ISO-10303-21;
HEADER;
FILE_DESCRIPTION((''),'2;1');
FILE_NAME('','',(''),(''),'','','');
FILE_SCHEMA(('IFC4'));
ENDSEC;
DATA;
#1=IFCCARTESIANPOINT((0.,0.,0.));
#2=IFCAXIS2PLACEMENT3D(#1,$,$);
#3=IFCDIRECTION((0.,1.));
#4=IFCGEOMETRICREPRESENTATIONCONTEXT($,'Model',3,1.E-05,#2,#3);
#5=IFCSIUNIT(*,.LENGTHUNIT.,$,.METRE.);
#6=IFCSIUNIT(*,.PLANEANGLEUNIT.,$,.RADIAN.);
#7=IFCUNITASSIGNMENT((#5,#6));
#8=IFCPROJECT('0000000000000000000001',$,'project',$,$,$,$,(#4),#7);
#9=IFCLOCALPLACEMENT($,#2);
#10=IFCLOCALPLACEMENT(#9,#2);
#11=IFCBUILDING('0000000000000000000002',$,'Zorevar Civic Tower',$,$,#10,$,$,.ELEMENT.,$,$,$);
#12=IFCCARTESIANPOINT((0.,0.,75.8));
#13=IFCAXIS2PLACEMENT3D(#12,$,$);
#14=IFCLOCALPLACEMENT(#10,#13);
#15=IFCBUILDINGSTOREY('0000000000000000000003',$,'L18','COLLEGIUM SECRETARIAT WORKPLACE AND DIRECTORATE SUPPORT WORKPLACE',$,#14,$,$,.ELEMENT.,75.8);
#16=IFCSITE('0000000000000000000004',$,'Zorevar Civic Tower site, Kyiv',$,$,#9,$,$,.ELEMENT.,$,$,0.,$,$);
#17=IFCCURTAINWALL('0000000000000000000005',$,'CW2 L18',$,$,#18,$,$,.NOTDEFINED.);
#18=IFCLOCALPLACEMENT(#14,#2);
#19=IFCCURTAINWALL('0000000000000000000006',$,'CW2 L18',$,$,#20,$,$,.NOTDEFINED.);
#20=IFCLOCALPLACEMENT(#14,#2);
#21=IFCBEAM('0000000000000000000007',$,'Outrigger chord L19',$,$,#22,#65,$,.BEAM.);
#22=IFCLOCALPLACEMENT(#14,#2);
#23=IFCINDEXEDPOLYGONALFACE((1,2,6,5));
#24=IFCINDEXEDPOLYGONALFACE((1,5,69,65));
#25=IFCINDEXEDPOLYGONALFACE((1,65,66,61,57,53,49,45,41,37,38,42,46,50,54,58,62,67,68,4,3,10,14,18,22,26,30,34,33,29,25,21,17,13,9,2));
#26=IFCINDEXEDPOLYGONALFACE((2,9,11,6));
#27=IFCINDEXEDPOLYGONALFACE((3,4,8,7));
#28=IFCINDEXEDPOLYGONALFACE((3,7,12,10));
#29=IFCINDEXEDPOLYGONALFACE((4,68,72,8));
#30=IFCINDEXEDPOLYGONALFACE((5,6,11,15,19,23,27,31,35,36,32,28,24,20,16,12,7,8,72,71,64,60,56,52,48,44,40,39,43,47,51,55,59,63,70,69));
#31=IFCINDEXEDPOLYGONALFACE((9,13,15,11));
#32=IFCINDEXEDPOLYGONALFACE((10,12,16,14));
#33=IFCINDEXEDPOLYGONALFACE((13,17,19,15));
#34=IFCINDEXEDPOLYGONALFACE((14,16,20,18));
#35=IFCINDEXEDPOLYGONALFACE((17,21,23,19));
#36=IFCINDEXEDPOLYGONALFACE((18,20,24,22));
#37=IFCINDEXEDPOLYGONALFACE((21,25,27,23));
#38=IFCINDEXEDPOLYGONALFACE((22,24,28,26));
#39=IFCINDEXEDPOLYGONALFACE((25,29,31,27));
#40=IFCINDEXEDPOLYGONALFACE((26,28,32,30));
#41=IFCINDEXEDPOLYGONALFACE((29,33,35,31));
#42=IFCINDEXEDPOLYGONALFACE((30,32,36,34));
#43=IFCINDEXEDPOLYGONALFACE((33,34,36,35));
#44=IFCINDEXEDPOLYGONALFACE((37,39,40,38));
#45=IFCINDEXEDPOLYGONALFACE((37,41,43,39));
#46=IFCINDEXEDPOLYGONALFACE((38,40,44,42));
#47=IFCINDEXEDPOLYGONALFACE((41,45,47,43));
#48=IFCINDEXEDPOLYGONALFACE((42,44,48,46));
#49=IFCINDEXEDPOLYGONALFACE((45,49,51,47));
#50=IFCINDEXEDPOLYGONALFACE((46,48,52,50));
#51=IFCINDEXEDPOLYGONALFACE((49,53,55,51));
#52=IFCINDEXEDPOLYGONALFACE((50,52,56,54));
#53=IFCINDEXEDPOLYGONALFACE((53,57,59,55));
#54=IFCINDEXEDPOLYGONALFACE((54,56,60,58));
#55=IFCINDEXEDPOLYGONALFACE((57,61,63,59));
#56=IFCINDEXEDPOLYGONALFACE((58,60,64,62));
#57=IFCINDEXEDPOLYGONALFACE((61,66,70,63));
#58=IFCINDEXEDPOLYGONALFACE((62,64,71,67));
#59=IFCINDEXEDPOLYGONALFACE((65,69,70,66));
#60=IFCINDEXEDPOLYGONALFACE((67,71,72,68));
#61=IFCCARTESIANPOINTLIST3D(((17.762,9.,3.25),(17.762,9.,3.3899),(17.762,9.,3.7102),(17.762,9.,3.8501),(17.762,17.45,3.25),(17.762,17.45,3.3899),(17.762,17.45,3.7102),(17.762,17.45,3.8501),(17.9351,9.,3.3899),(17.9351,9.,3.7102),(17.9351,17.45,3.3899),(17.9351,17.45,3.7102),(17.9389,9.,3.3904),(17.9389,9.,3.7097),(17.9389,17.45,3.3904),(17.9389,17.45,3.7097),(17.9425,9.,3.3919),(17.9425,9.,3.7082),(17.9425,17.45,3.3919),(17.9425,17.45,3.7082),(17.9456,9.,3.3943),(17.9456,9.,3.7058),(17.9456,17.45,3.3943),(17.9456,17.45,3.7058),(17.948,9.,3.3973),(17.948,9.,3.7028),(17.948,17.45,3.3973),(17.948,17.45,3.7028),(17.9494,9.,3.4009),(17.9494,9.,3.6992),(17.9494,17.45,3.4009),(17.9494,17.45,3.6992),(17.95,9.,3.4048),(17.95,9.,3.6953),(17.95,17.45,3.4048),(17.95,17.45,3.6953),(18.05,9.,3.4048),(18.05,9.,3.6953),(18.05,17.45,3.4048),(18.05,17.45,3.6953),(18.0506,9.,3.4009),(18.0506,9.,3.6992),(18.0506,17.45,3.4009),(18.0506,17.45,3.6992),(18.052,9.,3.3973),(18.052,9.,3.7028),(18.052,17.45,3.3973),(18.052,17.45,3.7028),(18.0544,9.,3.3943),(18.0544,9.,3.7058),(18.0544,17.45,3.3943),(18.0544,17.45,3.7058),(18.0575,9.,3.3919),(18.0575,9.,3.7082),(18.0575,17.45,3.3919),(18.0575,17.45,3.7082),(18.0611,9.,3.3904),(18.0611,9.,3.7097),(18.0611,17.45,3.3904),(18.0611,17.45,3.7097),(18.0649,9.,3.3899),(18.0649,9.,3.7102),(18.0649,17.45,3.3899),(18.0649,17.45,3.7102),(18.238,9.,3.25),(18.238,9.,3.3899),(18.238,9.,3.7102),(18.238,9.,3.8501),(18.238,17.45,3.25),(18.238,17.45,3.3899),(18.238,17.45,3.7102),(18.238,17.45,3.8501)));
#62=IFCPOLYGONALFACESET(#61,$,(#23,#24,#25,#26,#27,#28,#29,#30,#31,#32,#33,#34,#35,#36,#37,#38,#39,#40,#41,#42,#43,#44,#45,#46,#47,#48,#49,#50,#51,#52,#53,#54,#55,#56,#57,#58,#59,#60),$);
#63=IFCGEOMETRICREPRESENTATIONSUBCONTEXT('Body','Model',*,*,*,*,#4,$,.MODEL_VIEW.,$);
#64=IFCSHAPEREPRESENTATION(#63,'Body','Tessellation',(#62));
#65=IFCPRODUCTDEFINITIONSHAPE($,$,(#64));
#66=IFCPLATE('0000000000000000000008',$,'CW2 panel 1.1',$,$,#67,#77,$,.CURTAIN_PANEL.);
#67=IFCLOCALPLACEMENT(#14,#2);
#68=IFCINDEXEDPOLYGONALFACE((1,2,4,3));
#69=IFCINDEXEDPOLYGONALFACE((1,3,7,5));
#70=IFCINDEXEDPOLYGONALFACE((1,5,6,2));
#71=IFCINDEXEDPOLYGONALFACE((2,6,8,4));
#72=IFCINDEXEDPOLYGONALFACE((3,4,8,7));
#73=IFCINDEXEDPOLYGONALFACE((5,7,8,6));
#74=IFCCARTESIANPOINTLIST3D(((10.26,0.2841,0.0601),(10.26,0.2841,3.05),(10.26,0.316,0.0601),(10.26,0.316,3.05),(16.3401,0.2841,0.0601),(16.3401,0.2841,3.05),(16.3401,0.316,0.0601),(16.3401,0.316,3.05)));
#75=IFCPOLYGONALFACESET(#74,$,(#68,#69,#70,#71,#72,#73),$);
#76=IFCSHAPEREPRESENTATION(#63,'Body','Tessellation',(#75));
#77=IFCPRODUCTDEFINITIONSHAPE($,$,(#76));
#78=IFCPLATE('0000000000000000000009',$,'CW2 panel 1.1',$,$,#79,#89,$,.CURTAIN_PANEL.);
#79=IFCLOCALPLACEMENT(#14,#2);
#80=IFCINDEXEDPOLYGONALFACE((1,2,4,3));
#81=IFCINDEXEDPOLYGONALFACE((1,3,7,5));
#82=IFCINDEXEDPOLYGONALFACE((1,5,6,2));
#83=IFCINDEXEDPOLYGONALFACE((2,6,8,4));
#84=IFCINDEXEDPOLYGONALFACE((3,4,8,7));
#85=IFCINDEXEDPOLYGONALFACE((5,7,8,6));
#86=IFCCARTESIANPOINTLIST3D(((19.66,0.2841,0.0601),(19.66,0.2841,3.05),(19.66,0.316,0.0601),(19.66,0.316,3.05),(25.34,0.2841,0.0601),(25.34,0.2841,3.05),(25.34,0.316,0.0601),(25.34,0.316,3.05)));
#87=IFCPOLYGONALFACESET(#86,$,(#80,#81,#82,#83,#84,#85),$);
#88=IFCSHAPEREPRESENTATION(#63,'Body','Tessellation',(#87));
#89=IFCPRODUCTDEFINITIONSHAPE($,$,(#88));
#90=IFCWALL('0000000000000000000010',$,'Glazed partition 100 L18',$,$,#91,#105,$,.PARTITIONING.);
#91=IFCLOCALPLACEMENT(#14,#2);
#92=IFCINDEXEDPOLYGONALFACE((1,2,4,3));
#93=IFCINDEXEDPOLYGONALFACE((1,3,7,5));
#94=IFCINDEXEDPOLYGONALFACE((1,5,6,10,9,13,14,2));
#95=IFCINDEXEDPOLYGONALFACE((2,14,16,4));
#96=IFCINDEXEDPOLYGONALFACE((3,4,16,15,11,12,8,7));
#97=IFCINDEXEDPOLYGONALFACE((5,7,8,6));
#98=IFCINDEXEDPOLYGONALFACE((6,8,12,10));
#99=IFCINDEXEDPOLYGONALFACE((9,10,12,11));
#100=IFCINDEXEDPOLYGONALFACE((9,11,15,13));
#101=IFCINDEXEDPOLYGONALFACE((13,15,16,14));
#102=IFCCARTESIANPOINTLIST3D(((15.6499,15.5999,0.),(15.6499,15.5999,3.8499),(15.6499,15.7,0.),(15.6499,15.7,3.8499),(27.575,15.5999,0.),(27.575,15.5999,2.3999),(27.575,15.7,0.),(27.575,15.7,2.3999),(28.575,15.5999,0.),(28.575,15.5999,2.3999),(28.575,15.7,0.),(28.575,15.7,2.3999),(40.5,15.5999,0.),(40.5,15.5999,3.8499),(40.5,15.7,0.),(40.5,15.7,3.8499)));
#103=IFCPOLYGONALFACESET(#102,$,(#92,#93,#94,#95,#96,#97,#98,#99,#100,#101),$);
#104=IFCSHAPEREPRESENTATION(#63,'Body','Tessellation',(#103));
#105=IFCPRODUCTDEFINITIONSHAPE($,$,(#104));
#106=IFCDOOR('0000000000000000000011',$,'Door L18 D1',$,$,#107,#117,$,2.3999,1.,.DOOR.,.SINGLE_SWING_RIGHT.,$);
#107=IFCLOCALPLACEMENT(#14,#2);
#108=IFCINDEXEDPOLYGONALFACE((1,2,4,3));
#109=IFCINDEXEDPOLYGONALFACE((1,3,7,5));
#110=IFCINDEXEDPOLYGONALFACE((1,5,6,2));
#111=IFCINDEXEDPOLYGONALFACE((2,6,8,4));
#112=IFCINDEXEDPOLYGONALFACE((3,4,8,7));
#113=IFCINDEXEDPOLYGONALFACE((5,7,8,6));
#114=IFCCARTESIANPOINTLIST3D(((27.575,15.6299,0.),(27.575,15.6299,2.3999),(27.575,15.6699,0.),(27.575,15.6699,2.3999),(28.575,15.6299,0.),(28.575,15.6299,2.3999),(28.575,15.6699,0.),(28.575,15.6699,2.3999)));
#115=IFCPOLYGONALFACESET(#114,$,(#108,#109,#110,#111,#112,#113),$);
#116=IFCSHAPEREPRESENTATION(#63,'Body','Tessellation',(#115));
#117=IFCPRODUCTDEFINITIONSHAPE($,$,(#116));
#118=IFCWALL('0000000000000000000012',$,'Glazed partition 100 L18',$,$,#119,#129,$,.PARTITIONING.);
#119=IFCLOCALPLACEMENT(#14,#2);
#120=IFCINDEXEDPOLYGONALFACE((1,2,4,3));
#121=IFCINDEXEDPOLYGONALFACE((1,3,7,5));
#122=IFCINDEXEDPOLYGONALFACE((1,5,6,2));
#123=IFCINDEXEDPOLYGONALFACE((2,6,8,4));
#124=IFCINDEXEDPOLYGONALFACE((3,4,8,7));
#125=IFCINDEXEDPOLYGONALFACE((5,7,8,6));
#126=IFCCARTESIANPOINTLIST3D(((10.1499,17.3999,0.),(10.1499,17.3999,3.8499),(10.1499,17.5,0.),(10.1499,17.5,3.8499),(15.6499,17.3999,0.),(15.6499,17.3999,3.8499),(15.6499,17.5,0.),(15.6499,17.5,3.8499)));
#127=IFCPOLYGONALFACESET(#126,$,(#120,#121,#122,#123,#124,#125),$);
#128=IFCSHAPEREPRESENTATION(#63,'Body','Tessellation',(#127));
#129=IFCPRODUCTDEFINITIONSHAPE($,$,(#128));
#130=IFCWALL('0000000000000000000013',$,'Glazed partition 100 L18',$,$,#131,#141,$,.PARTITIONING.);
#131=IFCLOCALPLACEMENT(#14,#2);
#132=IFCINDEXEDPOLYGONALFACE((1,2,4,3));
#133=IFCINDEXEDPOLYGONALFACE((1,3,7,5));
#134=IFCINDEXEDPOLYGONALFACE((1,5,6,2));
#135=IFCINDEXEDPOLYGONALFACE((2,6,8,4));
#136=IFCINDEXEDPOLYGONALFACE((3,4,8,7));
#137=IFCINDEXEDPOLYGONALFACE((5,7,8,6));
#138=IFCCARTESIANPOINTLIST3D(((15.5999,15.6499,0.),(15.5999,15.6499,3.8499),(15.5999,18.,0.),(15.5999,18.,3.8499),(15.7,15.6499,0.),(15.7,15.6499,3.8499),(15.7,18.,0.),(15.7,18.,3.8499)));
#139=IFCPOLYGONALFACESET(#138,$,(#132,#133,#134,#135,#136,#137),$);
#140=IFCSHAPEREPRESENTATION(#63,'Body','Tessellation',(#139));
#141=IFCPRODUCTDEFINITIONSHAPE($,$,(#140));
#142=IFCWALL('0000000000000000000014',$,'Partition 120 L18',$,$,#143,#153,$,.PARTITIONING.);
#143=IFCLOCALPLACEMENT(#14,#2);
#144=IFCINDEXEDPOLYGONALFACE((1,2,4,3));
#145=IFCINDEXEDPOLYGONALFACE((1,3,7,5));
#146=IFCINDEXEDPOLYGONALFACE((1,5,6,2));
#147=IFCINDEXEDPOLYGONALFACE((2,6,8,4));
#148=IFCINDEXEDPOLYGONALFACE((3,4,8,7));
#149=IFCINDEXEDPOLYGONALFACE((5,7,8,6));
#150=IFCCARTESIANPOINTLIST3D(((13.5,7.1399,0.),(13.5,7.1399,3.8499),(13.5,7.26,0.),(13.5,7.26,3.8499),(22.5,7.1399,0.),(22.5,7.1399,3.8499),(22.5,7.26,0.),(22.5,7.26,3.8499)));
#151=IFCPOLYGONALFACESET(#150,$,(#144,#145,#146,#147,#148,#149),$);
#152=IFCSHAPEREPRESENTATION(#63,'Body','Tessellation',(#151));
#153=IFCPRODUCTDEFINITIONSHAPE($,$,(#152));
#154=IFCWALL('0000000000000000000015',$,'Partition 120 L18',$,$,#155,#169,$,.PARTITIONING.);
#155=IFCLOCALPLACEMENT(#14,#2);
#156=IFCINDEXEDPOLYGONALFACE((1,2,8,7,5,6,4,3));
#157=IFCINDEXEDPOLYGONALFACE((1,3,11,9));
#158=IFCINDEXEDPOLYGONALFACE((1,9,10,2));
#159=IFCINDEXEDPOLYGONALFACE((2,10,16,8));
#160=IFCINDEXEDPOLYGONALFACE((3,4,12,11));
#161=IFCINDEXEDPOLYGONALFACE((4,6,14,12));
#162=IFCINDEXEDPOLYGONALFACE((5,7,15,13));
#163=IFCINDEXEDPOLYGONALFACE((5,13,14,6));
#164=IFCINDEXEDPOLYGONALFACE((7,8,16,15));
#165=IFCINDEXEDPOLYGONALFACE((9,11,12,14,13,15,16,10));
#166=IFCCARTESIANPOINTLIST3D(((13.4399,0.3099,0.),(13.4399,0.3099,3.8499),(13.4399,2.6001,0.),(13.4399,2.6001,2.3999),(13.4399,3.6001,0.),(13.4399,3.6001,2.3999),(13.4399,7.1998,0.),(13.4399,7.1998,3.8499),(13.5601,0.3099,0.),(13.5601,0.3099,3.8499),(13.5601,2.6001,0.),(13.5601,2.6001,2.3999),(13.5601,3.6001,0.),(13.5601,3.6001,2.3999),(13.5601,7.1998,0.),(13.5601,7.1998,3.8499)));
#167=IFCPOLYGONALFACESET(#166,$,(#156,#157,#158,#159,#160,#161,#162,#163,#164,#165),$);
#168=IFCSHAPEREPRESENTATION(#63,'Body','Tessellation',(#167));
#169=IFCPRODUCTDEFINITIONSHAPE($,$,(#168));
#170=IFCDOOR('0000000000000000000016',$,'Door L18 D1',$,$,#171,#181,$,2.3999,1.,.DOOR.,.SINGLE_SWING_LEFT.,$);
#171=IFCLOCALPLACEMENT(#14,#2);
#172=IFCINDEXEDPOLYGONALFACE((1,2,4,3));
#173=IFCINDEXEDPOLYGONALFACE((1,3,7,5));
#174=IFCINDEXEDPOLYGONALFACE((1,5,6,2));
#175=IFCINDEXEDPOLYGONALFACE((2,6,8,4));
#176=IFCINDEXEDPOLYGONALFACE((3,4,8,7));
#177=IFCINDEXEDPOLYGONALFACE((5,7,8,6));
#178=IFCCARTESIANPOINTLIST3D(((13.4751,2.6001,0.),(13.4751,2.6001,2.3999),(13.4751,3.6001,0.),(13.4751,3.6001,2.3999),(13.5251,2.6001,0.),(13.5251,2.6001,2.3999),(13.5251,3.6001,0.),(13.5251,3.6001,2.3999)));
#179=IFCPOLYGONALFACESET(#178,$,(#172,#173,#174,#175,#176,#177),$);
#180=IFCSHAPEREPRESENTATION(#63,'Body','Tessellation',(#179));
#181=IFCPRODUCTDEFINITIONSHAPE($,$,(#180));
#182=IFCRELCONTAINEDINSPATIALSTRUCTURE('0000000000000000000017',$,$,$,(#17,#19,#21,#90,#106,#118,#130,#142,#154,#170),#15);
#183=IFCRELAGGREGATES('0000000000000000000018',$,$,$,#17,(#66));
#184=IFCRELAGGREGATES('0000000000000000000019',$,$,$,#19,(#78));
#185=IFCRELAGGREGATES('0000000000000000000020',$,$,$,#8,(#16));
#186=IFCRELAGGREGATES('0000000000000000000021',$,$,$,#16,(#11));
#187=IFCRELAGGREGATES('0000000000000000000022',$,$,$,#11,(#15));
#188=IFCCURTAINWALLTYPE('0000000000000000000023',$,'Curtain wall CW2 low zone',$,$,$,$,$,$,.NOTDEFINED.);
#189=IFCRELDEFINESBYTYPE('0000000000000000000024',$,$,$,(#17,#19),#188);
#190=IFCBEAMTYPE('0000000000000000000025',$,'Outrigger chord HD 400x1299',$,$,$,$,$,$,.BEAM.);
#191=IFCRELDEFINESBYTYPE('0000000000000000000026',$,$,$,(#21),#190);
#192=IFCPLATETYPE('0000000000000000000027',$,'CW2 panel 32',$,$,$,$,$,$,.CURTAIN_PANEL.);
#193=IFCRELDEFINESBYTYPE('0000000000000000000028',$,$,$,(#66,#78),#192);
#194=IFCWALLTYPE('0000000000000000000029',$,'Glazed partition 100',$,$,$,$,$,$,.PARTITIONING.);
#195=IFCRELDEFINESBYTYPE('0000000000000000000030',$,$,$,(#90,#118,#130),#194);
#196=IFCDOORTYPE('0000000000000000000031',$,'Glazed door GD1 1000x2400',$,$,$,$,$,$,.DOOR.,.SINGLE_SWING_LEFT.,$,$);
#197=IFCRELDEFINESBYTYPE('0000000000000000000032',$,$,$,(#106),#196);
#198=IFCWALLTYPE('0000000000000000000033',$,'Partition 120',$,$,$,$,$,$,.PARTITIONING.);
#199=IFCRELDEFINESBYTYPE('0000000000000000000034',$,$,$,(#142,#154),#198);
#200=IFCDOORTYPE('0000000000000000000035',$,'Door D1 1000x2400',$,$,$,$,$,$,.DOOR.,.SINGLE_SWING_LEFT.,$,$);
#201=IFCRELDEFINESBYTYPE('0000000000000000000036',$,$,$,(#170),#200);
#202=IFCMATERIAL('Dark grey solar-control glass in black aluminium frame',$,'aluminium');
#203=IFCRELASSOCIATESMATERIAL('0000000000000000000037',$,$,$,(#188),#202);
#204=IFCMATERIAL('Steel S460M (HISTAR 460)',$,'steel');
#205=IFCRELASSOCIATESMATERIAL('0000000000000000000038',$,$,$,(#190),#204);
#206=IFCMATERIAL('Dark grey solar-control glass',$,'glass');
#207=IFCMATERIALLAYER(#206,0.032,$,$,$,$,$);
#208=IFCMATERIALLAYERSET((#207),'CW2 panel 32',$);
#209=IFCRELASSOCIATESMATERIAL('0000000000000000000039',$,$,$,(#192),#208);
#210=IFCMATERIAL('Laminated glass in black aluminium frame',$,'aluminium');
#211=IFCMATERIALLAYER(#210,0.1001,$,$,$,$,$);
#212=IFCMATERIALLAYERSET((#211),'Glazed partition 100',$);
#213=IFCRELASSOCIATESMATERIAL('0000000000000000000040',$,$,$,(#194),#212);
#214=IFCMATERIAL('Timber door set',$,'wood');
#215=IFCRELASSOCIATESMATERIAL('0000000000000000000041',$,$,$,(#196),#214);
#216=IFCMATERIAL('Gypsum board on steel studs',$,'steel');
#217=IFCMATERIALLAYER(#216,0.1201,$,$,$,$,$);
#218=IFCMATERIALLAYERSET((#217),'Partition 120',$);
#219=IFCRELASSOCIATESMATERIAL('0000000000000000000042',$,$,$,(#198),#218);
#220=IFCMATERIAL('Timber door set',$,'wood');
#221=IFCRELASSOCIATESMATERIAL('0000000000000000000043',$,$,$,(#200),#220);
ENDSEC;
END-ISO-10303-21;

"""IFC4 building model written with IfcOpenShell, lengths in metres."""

from ifc_helpers import new_model, si_unit, direction, frame, frame_2d, origin, origin_2d, place, context, subcontext, project, spatial, rectangle, i_section, extrude, material, layer, layer_set, material_profile, profile_set, type_object, element, fill, aggregate, save


model = new_model("IFC4")

# Units and contexts
model_context = context("Model", 3, precision=1e-05, world=origin(), true_north=direction((0.0, 1.0)))
body_context = subcontext(model_context, "Body", "Model", "MODEL_VIEW")
ifc_project = project(units=[si_unit("LENGTHUNIT", "METRE"), si_unit("PLANEANGLEUNIT", "RADIAN")], contexts=[model_context])

# Site, building, storey
site_placement = place(None, origin())
site = spatial("IfcSite", under=ifc_project, at=site_placement, Name="Zorevar Civic Tower site, Kyiv", CompositionType="ELEMENT", RefElevation=0.0)
building_placement = place(site_placement, origin())
building = spatial("IfcBuilding", under=site, at=building_placement, Name="Zorevar Civic Tower", CompositionType="ELEMENT")
storey_placement = place(building_placement, frame((0.0, 0.0, 75.8)))
storey = spatial("IfcBuildingStorey", under=building, at=storey_placement, Name="L18", Description="COLLEGIUM SECRETARIAT WORKPLACE AND DIRECTORATE SUPPORT WORKPLACE", CompositionType="ELEMENT", Elevation=75.8)

# Curtain walls
ifc_material_1 = material(Name="Dark grey solar-control glass in black aluminium frame", Category="aluminium")
curtain_wall_type = type_object("IfcCurtainWallType", Name="Curtain wall CW2 low zone", PredefinedType="NOTDEFINED", material=ifc_material_1)
curtain_wall_1_placement = place(storey_placement, origin())
curtain_wall_1 = element("IfcCurtainWall", 1, at=curtain_wall_1_placement, inside=storey, type_object=curtain_wall_type, Name="CW2 L18", PredefinedType="NOTDEFINED")
curtain_wall_2_placement = place(storey_placement, origin())
curtain_wall_2 = element("IfcCurtainWall", 2, at=curtain_wall_2_placement, inside=storey, type_object=curtain_wall_type, Name="CW2 L18", PredefinedType="NOTDEFINED")

# Beam
ifc_material_2 = material(Name="Steel S460M (HISTAR 460)", Category="steel")
ifc_material_profile_1 = material_profile(ifc_material_2, i_section(OverallWidth=0.4761, OverallDepth=0.6001, WebThickness=0.1001, FlangeThickness=0.1399, FilletRadius=0.0149, at=origin_2d()), Name="HD 400x1299")
ifc_profile_set_1 = profile_set([ifc_material_profile_1], Name="Steel S460M (HISTAR 460)")
beam_type_1 = type_object("IfcBeamType", Name="Outrigger chord HD 400x1299", PredefinedType="BEAM", material=ifc_profile_set_1)
beam_1_placement = place(storey_placement, frame((18.0, 9.0, 3.55), z_axis=(0.0, 1.0, 0.0), x_axis=(-1.0, 0.0, 0.0)))
element("IfcBeam", 3, at=beam_1_placement, inside=storey, type_object=beam_type_1, Name="Outrigger chord L19", PredefinedType="BEAM", context=body_context, shape_type="SweptSolid", body=[
    extrude(i_section(OverallWidth=0.4761, OverallDepth=0.6001, WebThickness=0.1001, FlangeThickness=0.1399, FilletRadius=0.0149, at=origin_2d()), origin(), (0.0, 0.0, 1.0), 8.45),
])

# Plates
ifc_material_3 = material(Name="Dark grey solar-control glass", Category="glass")
ifc_layer_1 = layer(ifc_material_3, 0.032)
ifc_layer_set_1 = layer_set([ifc_layer_1], Name="CW2 panel 32")
plate_type = type_object("IfcPlateType", Name="CW2 panel 32", PredefinedType="CURTAIN_PANEL", material=ifc_layer_set_1)
plate_1_placement = place(storey_placement, frame((13.3, 0.3, 0.0601), z_axis=(0.0, 0.0, 1.0), x_axis=(1.0, 0.0, 0.0)))
plate_1 = element("IfcPlate", 4, at=plate_1_placement, type_object=plate_type, Name="CW2 panel 1.1", PredefinedType="CURTAIN_PANEL", context=body_context, shape_type="SweptSolid", body=[
    extrude(rectangle(XDim=6.0801, YDim=0.032, at=origin_2d()), origin(), (0.0, 0.0, 1.0), 2.99),
])
aggregate(curtain_wall_1, [plate_1])
plate_2_placement = place(storey_placement, frame((22.5, 0.3, 0.0601), z_axis=(0.0, 0.0, 1.0), x_axis=(1.0, 0.0, 0.0)))
plate_2 = element("IfcPlate", 5, at=plate_2_placement, type_object=plate_type, Name="CW2 panel 1.1", PredefinedType="CURTAIN_PANEL", context=body_context, shape_type="SweptSolid", body=[
    extrude(rectangle(XDim=5.6799, YDim=0.032, at=origin_2d()), origin(), (0.0, 0.0, 1.0), 2.99),
])
aggregate(curtain_wall_2, [plate_2])

# Wall, opening, door
ifc_material_4 = material(Name="Laminated glass in black aluminium frame", Category="aluminium")
ifc_layer_2 = layer(ifc_material_4, 0.1001)
ifc_layer_set_2 = layer_set([ifc_layer_2], Name="Glazed partition 100")
wall_type_1 = type_object("IfcWallType", Name="Glazed partition 100", PredefinedType="PARTITIONING", material=ifc_layer_set_2)
wall_1_placement = place(storey_placement, frame((15.6499, 15.6499, 0.0), z_axis=(0.0, 0.0, 1.0), x_axis=(1.0, 0.0, 0.0)))
wall_1 = element("IfcWall", 6, at=wall_1_placement, inside=storey, type_object=wall_type_1, Name="Glazed partition 100 L18", PredefinedType="PARTITIONING", context=body_context, shape_type="SweptSolid", body=[
    extrude(rectangle(XDim=24.8501, YDim=0.1001, at=frame_2d((12.425, 0.0))), origin(), (0.0, 0.0, 1.0), 3.8499),
])
opening_1_placement = place(wall_1_placement, frame((11.925, 0.0, 0.0)))
opening_1 = element("IfcOpeningElement", 7, at=opening_1_placement, cuts=wall_1, PredefinedType="OPENING", context=body_context, shape_type="SweptSolid", body=[
    extrude(rectangle(XDim=1.0, YDim=2.3999, at=frame_2d((0.5, 1.2))), frame((0.0, 0.0601, 0.0), z_axis=(0.0, -1.0, 0.0), x_axis=(1.0, 0.0, 0.0)), (0.0, 0.0, 1.0), 0.1201),
])
ifc_material_5 = material(Name="Timber door set", Category="wood")
door_type_1 = type_object("IfcDoorType", Name="Glazed door GD1 1000x2400", OperationType="SINGLE_SWING_LEFT", PredefinedType="DOOR", material=ifc_material_5)
door_1_placement = place(opening_1_placement, origin())
door_1 = element("IfcDoor", 8, at=door_1_placement, inside=storey, type_object=door_type_1, Name="Door L18 D1", OperationType="SINGLE_SWING_RIGHT", OverallHeight=2.3999, OverallWidth=1.0, PredefinedType="DOOR", context=body_context, shape_type="SweptSolid", body=[
    extrude(rectangle(XDim=1.0, YDim=2.3999, at=frame_2d((0.5, 1.2))), frame((0.0, 0.02, 0.0), z_axis=(0.0, -1.0, 0.0), x_axis=(1.0, 0.0, 0.0)), (0.0, 0.0, 1.0), 0.04),
])
fill(opening_1, door_1)

# Walls
wall_2_placement = place(storey_placement, frame((10.1499, 17.45, 0.0), z_axis=(0.0, 0.0, 1.0), x_axis=(1.0, 0.0, 0.0)))
element("IfcWall", 9, at=wall_2_placement, inside=storey, type_object=wall_type_1, Name="Glazed partition 100 L18", PredefinedType="PARTITIONING", context=body_context, shape_type="SweptSolid", body=[
    extrude(rectangle(XDim=5.5, YDim=0.1001, at=frame_2d((2.75, 0.0))), origin(), (0.0, 0.0, 1.0), 3.8499),
])
wall_3_placement = place(storey_placement, frame((15.6499, 15.6499, 0.0), z_axis=(0.0, 0.0, 1.0), x_axis=(0.0, 1.0, 0.0)))
element("IfcWall", 10, at=wall_3_placement, inside=storey, type_object=wall_type_1, Name="Glazed partition 100 L18", PredefinedType="PARTITIONING", context=body_context, shape_type="SweptSolid", body=[
    extrude(rectangle(XDim=2.3501, YDim=0.1001, at=frame_2d((1.175, 0.0))), origin(), (0.0, 0.0, 1.0), 3.8499),
])
ifc_material_6 = material(Name="Gypsum board on steel studs", Category="steel")
ifc_layer_3 = layer(ifc_material_6, 0.1201)
ifc_layer_set_3 = layer_set([ifc_layer_3], Name="Partition 120")
wall_type_2 = type_object("IfcWallType", Name="Partition 120", PredefinedType="PARTITIONING", material=ifc_layer_set_3)
wall_4_placement = place(storey_placement, frame((13.5, 7.2, 0.0), z_axis=(0.0, 0.0, 1.0), x_axis=(1.0, 0.0, 0.0)))
element("IfcWall", 11, at=wall_4_placement, inside=storey, type_object=wall_type_2, Name="Partition 120 L18", PredefinedType="PARTITIONING", context=body_context, shape_type="SweptSolid", body=[
    extrude(rectangle(XDim=9.0, YDim=0.1201, at=frame_2d((4.5, 0.0))), origin(), (0.0, 0.0, 1.0), 3.8499),
])

# Wall, opening, door
wall_5_placement = place(storey_placement, frame((13.5, 0.3101, 0.0), z_axis=(0.0, 0.0, 1.0), x_axis=(0.0, 1.0, 0.0)))
wall_5 = element("IfcWall", 12, at=wall_5_placement, inside=storey, type_object=wall_type_2, Name="Partition 120 L18", PredefinedType="PARTITIONING", context=body_context, shape_type="SweptSolid", body=[
    extrude(rectangle(XDim=6.8899, YDim=0.1201, at=frame_2d((3.4448, 0.0))), origin(), (0.0, 0.0, 1.0), 3.8499),
])
opening_2_placement = place(wall_5_placement, frame((2.29, 0.0, 0.0)))
opening_2 = element("IfcOpeningElement", 13, at=opening_2_placement, cuts=wall_5, PredefinedType="OPENING", context=body_context, shape_type="SweptSolid", body=[
    extrude(rectangle(XDim=1.0, YDim=2.3999, at=frame_2d((0.5, 1.2))), frame((0.0, 0.0701, 0.0), z_axis=(0.0, -1.0, 0.0), x_axis=(1.0, 0.0, 0.0)), (0.0, 0.0, 1.0), 0.1401),
])
ifc_material_7 = material(Name="Timber door set", Category="wood")
door_type_2 = type_object("IfcDoorType", Name="Door D1 1000x2400", OperationType="SINGLE_SWING_LEFT", PredefinedType="DOOR", material=ifc_material_7)
door_2_placement = place(opening_2_placement, origin())
door_2 = element("IfcDoor", 14, at=door_2_placement, inside=storey, type_object=door_type_2, Name="Door L18 D1", OperationType="SINGLE_SWING_LEFT", OverallHeight=2.3999, OverallWidth=1.0, PredefinedType="DOOR", context=body_context, shape_type="SweptSolid", body=[
    extrude(rectangle(XDim=1.0, YDim=2.3999, at=frame_2d((0.5, 1.2))), frame((0.0, 0.0249, 0.0), z_axis=(0.0, -1.0, 0.0), x_axis=(1.0, 0.0, 0.0)), (0.0, 0.0, 1.0), 0.05),
])
fill(opening_2, door_2)

save(model, "model.ifc")
